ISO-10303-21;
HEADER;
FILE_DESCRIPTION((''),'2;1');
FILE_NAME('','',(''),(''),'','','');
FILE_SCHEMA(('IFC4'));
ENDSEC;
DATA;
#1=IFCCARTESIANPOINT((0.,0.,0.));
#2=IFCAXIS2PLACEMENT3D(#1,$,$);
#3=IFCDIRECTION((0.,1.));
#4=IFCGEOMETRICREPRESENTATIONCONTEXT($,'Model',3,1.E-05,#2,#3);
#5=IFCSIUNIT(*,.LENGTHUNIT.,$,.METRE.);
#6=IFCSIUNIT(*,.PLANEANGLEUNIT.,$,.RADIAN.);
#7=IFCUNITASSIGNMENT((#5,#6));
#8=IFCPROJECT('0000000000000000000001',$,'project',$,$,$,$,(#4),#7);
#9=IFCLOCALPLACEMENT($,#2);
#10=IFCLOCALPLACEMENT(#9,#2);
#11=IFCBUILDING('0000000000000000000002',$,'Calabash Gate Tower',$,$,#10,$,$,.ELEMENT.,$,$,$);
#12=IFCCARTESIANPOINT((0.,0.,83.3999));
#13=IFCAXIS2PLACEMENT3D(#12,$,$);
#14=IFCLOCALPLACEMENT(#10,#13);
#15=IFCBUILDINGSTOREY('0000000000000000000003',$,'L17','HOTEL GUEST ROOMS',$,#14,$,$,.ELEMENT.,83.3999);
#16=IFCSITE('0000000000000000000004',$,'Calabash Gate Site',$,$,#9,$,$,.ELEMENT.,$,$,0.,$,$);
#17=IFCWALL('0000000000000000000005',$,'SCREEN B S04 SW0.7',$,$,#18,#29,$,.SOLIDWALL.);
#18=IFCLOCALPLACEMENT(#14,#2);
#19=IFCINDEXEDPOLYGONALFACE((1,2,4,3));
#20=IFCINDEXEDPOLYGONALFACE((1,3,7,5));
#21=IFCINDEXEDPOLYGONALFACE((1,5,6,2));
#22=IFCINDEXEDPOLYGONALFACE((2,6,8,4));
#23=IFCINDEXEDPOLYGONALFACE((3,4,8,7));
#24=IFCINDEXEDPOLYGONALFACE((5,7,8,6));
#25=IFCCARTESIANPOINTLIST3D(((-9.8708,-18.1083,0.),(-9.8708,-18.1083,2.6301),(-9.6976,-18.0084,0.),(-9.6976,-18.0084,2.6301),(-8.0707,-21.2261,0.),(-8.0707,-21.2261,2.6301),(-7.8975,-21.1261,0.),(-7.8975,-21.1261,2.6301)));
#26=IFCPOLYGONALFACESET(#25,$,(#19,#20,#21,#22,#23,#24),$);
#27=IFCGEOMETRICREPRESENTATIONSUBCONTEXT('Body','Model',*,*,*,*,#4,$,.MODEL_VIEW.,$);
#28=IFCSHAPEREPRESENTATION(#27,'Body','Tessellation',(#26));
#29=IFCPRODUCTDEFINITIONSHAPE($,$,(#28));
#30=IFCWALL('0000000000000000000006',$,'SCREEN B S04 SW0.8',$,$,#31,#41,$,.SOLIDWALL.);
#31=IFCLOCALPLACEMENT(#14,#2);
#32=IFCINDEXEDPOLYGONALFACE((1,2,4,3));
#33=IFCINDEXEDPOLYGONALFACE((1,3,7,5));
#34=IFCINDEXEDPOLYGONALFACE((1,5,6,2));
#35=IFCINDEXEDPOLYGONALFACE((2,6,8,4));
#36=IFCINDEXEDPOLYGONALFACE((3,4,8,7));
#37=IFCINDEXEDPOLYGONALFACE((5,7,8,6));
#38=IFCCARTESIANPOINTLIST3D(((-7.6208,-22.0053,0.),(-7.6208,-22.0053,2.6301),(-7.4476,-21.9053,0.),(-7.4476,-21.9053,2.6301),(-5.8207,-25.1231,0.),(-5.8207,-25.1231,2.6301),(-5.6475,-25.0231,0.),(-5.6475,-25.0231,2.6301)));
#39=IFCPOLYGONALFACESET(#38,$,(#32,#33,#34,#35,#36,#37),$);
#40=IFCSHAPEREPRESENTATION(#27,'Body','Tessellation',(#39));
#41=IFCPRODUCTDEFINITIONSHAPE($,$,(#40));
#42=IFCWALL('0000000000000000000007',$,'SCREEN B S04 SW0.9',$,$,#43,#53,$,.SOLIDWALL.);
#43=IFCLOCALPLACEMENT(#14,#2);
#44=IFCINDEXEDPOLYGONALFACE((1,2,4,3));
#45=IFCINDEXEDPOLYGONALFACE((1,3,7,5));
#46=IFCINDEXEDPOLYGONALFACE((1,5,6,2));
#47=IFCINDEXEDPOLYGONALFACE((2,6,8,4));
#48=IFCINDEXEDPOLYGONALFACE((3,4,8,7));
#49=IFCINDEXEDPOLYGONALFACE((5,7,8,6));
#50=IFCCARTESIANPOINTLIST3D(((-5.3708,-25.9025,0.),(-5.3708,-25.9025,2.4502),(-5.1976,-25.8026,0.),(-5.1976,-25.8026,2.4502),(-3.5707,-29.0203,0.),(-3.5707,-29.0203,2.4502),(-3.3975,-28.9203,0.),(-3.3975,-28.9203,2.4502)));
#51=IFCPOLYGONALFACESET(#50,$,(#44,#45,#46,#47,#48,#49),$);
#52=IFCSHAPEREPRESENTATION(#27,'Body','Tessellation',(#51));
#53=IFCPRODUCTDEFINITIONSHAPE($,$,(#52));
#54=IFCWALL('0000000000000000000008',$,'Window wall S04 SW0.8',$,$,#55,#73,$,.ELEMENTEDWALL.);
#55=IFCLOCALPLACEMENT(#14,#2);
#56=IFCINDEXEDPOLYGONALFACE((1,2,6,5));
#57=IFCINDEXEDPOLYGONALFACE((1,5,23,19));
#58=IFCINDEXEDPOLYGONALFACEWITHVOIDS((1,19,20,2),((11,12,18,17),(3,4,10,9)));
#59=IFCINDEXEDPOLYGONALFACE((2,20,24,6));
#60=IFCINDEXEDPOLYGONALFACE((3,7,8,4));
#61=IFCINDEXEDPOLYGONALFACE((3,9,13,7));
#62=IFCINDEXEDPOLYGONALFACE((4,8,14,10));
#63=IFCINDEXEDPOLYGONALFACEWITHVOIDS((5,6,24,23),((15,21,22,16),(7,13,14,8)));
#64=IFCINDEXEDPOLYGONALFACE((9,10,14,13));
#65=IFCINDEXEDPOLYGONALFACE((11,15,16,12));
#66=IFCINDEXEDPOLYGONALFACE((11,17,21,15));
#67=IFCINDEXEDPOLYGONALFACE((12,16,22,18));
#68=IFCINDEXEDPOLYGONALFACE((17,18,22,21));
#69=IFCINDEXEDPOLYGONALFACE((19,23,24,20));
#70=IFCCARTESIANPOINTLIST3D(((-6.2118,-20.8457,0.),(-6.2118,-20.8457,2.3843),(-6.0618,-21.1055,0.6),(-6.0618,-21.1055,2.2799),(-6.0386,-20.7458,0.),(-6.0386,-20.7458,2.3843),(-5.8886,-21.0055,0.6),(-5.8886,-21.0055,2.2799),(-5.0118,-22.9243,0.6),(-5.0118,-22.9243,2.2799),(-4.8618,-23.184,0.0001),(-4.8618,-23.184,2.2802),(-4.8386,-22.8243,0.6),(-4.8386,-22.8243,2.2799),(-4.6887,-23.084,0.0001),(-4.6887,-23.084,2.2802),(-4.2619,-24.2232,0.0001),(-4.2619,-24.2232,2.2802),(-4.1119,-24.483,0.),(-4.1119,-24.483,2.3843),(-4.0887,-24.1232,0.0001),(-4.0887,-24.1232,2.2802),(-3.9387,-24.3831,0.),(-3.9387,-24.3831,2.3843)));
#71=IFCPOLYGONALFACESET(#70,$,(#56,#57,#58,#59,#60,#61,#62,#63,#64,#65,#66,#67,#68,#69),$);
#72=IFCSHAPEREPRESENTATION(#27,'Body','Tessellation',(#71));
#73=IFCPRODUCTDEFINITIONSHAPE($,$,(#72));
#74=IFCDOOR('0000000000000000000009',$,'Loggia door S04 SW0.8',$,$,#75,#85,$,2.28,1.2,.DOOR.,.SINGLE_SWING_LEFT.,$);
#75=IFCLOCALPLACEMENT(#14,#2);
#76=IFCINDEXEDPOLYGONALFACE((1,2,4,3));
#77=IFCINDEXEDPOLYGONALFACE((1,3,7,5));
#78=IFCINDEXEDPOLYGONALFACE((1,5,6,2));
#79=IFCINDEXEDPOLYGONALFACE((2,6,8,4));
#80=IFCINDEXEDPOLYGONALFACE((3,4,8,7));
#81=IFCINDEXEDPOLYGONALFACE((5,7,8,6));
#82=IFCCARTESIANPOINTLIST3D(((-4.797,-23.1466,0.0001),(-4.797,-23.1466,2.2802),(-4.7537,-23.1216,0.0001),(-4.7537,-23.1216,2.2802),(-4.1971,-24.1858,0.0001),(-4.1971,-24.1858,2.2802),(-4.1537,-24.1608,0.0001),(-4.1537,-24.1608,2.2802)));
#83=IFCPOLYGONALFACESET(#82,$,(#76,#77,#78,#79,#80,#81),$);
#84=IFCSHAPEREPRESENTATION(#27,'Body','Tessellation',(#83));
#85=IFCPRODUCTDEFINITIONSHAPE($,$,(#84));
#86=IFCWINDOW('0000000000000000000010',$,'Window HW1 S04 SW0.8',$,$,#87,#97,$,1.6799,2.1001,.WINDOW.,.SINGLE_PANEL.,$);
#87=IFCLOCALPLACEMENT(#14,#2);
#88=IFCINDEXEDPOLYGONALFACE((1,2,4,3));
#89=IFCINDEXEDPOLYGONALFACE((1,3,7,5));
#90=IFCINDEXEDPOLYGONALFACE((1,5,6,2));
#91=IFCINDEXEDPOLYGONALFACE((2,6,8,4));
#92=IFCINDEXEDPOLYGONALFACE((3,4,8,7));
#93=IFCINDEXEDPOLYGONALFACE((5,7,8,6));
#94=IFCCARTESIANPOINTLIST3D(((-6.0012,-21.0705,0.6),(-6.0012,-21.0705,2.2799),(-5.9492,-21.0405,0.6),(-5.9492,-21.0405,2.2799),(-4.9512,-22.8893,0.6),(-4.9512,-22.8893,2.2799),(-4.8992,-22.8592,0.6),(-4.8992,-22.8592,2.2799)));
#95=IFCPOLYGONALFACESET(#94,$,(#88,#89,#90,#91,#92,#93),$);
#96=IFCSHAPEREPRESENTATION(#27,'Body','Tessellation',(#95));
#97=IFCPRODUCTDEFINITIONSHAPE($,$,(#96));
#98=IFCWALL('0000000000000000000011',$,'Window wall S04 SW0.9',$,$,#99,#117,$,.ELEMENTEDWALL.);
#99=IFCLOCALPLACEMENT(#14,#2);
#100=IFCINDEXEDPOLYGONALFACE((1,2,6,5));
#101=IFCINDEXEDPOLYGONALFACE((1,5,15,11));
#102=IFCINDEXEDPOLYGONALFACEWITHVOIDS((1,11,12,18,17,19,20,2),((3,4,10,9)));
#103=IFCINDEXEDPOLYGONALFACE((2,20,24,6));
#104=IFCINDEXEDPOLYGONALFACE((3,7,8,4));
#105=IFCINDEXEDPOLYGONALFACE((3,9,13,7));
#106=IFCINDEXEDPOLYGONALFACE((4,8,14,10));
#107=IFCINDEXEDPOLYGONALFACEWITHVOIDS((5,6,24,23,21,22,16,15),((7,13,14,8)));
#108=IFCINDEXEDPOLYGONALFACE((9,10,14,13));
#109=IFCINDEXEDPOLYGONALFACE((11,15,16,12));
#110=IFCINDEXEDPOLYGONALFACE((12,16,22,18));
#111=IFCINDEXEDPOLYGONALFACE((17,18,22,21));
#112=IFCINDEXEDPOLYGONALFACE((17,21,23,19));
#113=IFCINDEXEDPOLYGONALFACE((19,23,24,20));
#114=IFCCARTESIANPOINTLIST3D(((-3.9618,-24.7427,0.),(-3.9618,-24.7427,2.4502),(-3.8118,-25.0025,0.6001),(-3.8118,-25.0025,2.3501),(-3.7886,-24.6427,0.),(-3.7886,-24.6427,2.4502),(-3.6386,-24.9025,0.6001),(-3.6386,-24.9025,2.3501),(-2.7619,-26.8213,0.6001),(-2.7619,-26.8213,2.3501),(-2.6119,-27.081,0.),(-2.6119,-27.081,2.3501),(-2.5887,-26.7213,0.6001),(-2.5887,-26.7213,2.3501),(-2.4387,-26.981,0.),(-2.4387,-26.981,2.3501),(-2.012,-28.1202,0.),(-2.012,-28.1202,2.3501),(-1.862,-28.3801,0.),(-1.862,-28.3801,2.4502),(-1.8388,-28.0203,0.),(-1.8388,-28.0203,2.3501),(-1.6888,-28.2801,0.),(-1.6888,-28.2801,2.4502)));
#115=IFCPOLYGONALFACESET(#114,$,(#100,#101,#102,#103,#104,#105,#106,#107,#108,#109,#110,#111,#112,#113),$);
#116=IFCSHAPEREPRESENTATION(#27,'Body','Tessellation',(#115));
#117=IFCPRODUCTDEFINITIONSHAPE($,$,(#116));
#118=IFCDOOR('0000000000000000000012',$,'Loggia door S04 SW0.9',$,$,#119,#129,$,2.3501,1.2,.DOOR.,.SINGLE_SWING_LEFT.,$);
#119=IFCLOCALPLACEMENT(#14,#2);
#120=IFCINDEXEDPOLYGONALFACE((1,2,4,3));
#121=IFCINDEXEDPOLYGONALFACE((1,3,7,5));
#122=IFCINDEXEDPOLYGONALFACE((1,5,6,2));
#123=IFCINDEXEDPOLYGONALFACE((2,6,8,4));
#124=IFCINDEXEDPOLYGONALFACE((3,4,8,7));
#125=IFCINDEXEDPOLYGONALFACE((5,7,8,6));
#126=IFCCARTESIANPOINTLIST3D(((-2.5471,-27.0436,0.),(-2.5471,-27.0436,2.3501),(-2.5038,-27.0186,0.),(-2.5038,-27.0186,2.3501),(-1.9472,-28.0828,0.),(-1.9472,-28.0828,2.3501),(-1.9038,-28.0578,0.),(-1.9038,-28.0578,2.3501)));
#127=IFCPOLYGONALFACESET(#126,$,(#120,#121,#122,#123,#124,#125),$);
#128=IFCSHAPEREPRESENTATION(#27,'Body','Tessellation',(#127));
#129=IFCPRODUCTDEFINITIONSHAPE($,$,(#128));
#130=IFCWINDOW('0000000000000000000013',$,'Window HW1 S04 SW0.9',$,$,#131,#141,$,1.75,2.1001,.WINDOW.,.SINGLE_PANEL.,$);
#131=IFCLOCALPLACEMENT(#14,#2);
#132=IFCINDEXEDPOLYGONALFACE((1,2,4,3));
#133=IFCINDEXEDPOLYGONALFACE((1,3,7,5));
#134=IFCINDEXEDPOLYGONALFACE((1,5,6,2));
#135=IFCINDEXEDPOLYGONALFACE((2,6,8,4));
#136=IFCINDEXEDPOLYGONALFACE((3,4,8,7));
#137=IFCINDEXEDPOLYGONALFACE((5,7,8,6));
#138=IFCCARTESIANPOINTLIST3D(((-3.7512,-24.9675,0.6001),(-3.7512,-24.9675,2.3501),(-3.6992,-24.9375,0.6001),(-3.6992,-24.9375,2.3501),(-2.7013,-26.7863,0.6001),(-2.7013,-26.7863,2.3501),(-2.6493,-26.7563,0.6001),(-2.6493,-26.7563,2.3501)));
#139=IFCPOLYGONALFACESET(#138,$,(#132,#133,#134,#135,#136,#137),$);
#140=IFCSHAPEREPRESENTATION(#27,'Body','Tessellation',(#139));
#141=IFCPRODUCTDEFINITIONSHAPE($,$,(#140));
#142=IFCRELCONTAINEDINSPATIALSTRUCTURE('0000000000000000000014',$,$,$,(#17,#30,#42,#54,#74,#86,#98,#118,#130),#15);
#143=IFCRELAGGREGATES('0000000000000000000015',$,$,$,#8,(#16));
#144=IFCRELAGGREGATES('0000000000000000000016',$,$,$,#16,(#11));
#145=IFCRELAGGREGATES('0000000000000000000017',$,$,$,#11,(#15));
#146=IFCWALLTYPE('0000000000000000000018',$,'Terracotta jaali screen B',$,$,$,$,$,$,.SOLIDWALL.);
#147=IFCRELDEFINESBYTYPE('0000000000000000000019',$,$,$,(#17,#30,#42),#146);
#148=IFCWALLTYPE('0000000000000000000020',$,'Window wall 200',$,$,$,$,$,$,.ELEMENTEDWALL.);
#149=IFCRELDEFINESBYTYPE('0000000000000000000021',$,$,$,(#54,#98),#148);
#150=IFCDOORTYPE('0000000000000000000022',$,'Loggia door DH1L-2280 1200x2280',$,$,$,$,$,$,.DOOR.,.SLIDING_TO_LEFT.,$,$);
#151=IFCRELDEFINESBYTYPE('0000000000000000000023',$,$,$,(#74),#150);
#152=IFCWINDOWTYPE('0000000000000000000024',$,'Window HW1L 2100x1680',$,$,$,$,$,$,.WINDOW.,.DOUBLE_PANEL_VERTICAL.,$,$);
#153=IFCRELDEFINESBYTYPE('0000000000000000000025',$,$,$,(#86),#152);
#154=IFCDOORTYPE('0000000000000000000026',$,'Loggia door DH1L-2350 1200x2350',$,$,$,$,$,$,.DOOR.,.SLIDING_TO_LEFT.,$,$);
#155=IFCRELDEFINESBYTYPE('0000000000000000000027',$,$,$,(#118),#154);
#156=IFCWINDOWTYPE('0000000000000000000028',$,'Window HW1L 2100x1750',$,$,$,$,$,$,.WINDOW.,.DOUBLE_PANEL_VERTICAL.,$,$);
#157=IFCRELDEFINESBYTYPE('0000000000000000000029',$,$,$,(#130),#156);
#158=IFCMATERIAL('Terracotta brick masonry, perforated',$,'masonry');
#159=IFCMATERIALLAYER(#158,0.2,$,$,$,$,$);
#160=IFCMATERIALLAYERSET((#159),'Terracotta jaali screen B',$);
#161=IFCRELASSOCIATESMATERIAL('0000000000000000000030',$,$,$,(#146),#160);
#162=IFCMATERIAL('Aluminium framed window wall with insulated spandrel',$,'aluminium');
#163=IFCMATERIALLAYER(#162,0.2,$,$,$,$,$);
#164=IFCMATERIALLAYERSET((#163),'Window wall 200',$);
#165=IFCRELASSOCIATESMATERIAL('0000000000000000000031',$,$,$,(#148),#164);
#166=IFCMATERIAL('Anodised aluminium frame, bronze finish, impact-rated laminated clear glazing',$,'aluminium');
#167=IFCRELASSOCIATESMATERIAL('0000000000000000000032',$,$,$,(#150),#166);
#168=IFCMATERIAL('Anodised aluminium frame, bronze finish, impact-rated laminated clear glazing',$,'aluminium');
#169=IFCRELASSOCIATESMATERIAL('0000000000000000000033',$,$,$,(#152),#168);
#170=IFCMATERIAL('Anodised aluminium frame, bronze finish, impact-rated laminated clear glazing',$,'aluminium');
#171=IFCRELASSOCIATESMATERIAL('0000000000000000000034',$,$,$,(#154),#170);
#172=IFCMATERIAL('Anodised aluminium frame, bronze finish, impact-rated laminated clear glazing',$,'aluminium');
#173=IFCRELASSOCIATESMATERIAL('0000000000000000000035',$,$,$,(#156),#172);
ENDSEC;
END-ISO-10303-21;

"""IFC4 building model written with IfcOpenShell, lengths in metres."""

from ifc_helpers import new_model, si_unit, direction, frame, frame_2d, origin, place, context, subcontext, project, spatial, rectangle, extrude, material, layer, layer_set, type_object, element, fill, save


model = new_model("IFC4")

# Units and contexts
model_context = context("Model", 3, precision=1e-05, world=origin(), true_north=direction((0.0, 1.0)))
body_context = subcontext(model_context, "Body", "Model", "MODEL_VIEW")
ifc_project = project(units=[si_unit("LENGTHUNIT", "METRE"), si_unit("PLANEANGLEUNIT", "RADIAN")], contexts=[model_context])

# Site, building, storey
site_placement = place(None, origin())
site = spatial("IfcSite", under=ifc_project, at=site_placement, Name="Calabash Gate Site", CompositionType="ELEMENT", RefElevation=0.0)
building_placement = place(site_placement, origin())
building = spatial("IfcBuilding", under=site, at=building_placement, Name="Calabash Gate Tower", CompositionType="ELEMENT")
storey_placement = place(building_placement, frame((0.0, 0.0, 83.3999)))
storey = spatial("IfcBuildingStorey", under=building, at=storey_placement, Name="L17", Description="HOTEL GUEST ROOMS", CompositionType="ELEMENT", Elevation=83.3999)

# Walls
ifc_material_1 = material(Name="Terracotta brick masonry, perforated", Category="masonry")
ifc_layer_1 = layer(ifc_material_1, 0.2)
ifc_layer_set_1 = layer_set([ifc_layer_1], Name="Terracotta jaali screen B")
wall_type_1 = type_object("IfcWallType", Name="Terracotta jaali screen B", PredefinedType="SOLIDWALL", material=ifc_layer_set_1)
for number, where, z_axis, x_axis, name in (
    (1, (-9.7842, -18.0583, 0.0), (0.0, 0.0, 1.0), (0.500012, -0.866018, 0.0), "SCREEN B S04 SW0.7"),
    (2, (-7.5342, -21.9553, 0.0), (0.0, 0.0, 1.0), (0.500012, -0.866018, 0.0), "SCREEN B S04 SW0.8"),
):
    element("IfcWall", number, at=place(storey_placement, frame(where, z_axis=z_axis, x_axis=x_axis)), inside=storey, type_object=wall_type_1, Name=name, PredefinedType="SOLIDWALL", context=body_context, shape_type="SweptSolid", body=[
        extrude(rectangle(XDim=3.6001, YDim=0.2, at=frame_2d((1.8, 0.0))), origin(), (0.0, 0.0, 1.0), 2.6301),
    ])
wall_1_placement = place(storey_placement, frame((-5.2842, -25.8525, 0.0), z_axis=(0.0, 0.0, 1.0), x_axis=(0.500012, -0.866018, 0.0)))
element("IfcWall", 3, at=wall_1_placement, inside=storey, type_object=wall_type_1, Name="SCREEN B S04 SW0.9", PredefinedType="SOLIDWALL", context=body_context, shape_type="SweptSolid", body=[
    extrude(rectangle(XDim=3.6001, YDim=0.2, at=frame_2d((1.8, 0.0))), origin(), (0.0, 0.0, 1.0), 2.4502),
])

# Walls, openings, doors, windows
ifc_material_2 = material(Name="Aluminium framed window wall with insulated spandrel", Category="aluminium")
ifc_layer_2 = layer(ifc_material_2, 0.2)
ifc_layer_set_2 = layer_set([ifc_layer_2], Name="Window wall 200")
wall_type_2 = type_object("IfcWallType", Name="Window wall 200", PredefinedType="ELEMENTEDWALL", material=ifc_layer_set_2)
wall_2_placement = place(storey_placement, frame((-6.1252, -20.7957, 0.0), z_axis=(0.0, 0.0, 1.0), x_axis=(0.499984, -0.866035, 0.0)))
wall_2 = element("IfcWall", 4, at=wall_2_placement, inside=storey, type_object=wall_type_2, Name="Window wall S04 SW0.8", PredefinedType="ELEMENTEDWALL", context=body_context, shape_type="SweptSolid", body=[
    extrude(rectangle(XDim=4.2, YDim=0.2, at=frame_2d((2.1001, 0.0))), origin(), (0.0, 0.0, 1.0), 2.3843),
])
opening_1_placement = place(wall_2_placement, frame((0.3, 0.0, 0.6001)))
opening_1 = element("IfcOpeningElement", 5, at=opening_1_placement, cuts=wall_2, PredefinedType="OPENING", context=body_context, shape_type="SweptSolid", body=[
    extrude(rectangle(XDim=2.1001, YDim=1.6799, at=frame_2d((1.05, 0.8398))), frame((0.0, 0.1099, 0.0), z_axis=(0.0, -1.0, 0.0), x_axis=(1.0, 0.0, 0.0)), (0.0, 0.0, 1.0), 0.22),
])
opening_2_placement = place(wall_2_placement, frame((2.7, 0.0, 0.0)))
opening_2 = element("IfcOpeningElement", 6, at=opening_2_placement, cuts=wall_2, PredefinedType="OPENING", context=body_context, shape_type="SweptSolid", body=[
    extrude(rectangle(XDim=1.2, YDim=2.28, at=frame_2d((0.6001, 1.1401))), frame((0.0, 0.1099, 0.0), z_axis=(0.0, -1.0, 0.0), x_axis=(1.0, 0.0, 0.0)), (0.0, 0.0, 1.0), 0.22),
])
ifc_material_3 = material(Name="Anodised aluminium frame, bronze finish, impact-rated laminated clear glazing", Category="aluminium")
door_type_1 = type_object("IfcDoorType", Name="Loggia door DH1L-2280 1200x2280", OperationType="SLIDING_TO_LEFT", PredefinedType="DOOR", material=ifc_material_3)
door_1_placement = place(opening_2_placement, origin())
door_1 = element("IfcDoor", 7, at=door_1_placement, inside=storey, type_object=door_type_1, Name="Loggia door S04 SW0.8", OperationType="SINGLE_SWING_LEFT", OverallHeight=2.28, OverallWidth=1.2, PredefinedType="DOOR", context=body_context, shape_type="SweptSolid", body=[
    extrude(rectangle(XDim=1.2, YDim=2.28, at=frame_2d((0.6001, 1.1401))), frame((0.0, 0.0249, 0.0), z_axis=(0.0, -1.0, 0.0), x_axis=(1.0, 0.0, 0.0)), (0.0, 0.0, 1.0), 0.05),
])
fill(opening_2, door_1)
ifc_material_4 = material(Name="Anodised aluminium frame, bronze finish, impact-rated laminated clear glazing", Category="aluminium")
window_type_1 = type_object("IfcWindowType", Name="Window HW1L 2100x1680", PartitioningType="DOUBLE_PANEL_VERTICAL", PredefinedType="WINDOW", material=ifc_material_4)
window_1_placement = place(opening_1_placement, origin())
window_1 = element("IfcWindow", 8, at=window_1_placement, inside=storey, type_object=window_type_1, Name="Window HW1 S04 SW0.8", OverallHeight=1.6799, OverallWidth=2.1001, PartitioningType="SINGLE_PANEL", PredefinedType="WINDOW", context=body_context, shape_type="SweptSolid", body=[
    extrude(rectangle(XDim=2.1001, YDim=1.6799, at=frame_2d((1.05, 0.8398))), frame((0.0, 0.03, 0.0), z_axis=(0.0, -1.0, 0.0), x_axis=(1.0, 0.0, 0.0)), (0.0, 0.0, 1.0), 0.0601),
])
fill(opening_1, window_1)
wall_3_placement = place(storey_placement, frame((-3.8752, -24.6926, 0.0), z_axis=(0.0, 0.0, 1.0), x_axis=(0.499959, -0.866049, 0.0)))
wall_3 = element("IfcWall", 9, at=wall_3_placement, inside=storey, type_object=wall_type_2, Name="Window wall S04 SW0.9", PredefinedType="ELEMENTEDWALL", context=body_context, shape_type="SweptSolid", body=[
    extrude(rectangle(XDim=4.2, YDim=0.2, at=frame_2d((2.1001, 0.0))), origin(), (0.0, 0.0, 1.0), 2.4502),
])
opening_3_placement = place(wall_3_placement, frame((0.3, 0.0, 0.6001)))
opening_3 = element("IfcOpeningElement", 10, at=opening_3_placement, cuts=wall_3, PredefinedType="OPENING", context=body_context, shape_type="SweptSolid", body=[
    extrude(rectangle(XDim=2.1001, YDim=1.75, at=frame_2d((1.05, 0.875))), frame((0.0, 0.1099, 0.0), z_axis=(0.0, -1.0, 0.0), x_axis=(1.0, 0.0, 0.0)), (0.0, 0.0, 1.0), 0.22),
])
opening_4_placement = place(wall_3_placement, frame((2.7, 0.0, 0.0)))
opening_4 = element("IfcOpeningElement", 11, at=opening_4_placement, cuts=wall_3, PredefinedType="OPENING", context=body_context, shape_type="SweptSolid", body=[
    extrude(rectangle(XDim=1.2, YDim=2.3501, at=frame_2d((0.6001, 1.175))), frame((0.0, 0.1099, 0.0), z_axis=(0.0, -1.0, 0.0), x_axis=(1.0, 0.0, 0.0)), (0.0, 0.0, 1.0), 0.22),
])
ifc_material_5 = material(Name="Anodised aluminium frame, bronze finish, impact-rated laminated clear glazing", Category="aluminium")
door_type_2 = type_object("IfcDoorType", Name="Loggia door DH1L-2350 1200x2350", OperationType="SLIDING_TO_LEFT", PredefinedType="DOOR", material=ifc_material_5)
door_2_placement = place(opening_4_placement, origin())
door_2 = element("IfcDoor", 12, at=door_2_placement, inside=storey, type_object=door_type_2, Name="Loggia door S04 SW0.9", OperationType="SINGLE_SWING_LEFT", OverallHeight=2.3501, OverallWidth=1.2, PredefinedType="DOOR", context=body_context, shape_type="SweptSolid", body=[
    extrude(rectangle(XDim=1.2, YDim=2.3501, at=frame_2d((0.6001, 1.175))), frame((0.0, 0.0249, 0.0), z_axis=(0.0, -1.0, 0.0), x_axis=(1.0, 0.0, 0.0)), (0.0, 0.0, 1.0), 0.05),
])
fill(opening_4, door_2)
ifc_material_6 = material(Name="Anodised aluminium frame, bronze finish, impact-rated laminated clear glazing", Category="aluminium")
window_type_2 = type_object("IfcWindowType", Name="Window HW1L 2100x1750", PartitioningType="DOUBLE_PANEL_VERTICAL", PredefinedType="WINDOW", material=ifc_material_6)
window_2_placement = place(opening_3_placement, origin())
window_2 = element("IfcWindow", 13, at=window_2_placement, inside=storey, type_object=window_type_2, Name="Window HW1 S04 SW0.9", OverallHeight=1.75, OverallWidth=2.1001, PartitioningType="SINGLE_PANEL", PredefinedType="WINDOW", context=body_context, shape_type="SweptSolid", body=[
    extrude(rectangle(XDim=2.1001, YDim=1.75, at=frame_2d((1.05, 0.875))), frame((0.0, 0.03, 0.0), z_axis=(0.0, -1.0, 0.0), x_axis=(1.0, 0.0, 0.0)), (0.0, 0.0, 1.0), 0.0601),
])
fill(opening_3, window_2)

save(model, "model.ifc")
